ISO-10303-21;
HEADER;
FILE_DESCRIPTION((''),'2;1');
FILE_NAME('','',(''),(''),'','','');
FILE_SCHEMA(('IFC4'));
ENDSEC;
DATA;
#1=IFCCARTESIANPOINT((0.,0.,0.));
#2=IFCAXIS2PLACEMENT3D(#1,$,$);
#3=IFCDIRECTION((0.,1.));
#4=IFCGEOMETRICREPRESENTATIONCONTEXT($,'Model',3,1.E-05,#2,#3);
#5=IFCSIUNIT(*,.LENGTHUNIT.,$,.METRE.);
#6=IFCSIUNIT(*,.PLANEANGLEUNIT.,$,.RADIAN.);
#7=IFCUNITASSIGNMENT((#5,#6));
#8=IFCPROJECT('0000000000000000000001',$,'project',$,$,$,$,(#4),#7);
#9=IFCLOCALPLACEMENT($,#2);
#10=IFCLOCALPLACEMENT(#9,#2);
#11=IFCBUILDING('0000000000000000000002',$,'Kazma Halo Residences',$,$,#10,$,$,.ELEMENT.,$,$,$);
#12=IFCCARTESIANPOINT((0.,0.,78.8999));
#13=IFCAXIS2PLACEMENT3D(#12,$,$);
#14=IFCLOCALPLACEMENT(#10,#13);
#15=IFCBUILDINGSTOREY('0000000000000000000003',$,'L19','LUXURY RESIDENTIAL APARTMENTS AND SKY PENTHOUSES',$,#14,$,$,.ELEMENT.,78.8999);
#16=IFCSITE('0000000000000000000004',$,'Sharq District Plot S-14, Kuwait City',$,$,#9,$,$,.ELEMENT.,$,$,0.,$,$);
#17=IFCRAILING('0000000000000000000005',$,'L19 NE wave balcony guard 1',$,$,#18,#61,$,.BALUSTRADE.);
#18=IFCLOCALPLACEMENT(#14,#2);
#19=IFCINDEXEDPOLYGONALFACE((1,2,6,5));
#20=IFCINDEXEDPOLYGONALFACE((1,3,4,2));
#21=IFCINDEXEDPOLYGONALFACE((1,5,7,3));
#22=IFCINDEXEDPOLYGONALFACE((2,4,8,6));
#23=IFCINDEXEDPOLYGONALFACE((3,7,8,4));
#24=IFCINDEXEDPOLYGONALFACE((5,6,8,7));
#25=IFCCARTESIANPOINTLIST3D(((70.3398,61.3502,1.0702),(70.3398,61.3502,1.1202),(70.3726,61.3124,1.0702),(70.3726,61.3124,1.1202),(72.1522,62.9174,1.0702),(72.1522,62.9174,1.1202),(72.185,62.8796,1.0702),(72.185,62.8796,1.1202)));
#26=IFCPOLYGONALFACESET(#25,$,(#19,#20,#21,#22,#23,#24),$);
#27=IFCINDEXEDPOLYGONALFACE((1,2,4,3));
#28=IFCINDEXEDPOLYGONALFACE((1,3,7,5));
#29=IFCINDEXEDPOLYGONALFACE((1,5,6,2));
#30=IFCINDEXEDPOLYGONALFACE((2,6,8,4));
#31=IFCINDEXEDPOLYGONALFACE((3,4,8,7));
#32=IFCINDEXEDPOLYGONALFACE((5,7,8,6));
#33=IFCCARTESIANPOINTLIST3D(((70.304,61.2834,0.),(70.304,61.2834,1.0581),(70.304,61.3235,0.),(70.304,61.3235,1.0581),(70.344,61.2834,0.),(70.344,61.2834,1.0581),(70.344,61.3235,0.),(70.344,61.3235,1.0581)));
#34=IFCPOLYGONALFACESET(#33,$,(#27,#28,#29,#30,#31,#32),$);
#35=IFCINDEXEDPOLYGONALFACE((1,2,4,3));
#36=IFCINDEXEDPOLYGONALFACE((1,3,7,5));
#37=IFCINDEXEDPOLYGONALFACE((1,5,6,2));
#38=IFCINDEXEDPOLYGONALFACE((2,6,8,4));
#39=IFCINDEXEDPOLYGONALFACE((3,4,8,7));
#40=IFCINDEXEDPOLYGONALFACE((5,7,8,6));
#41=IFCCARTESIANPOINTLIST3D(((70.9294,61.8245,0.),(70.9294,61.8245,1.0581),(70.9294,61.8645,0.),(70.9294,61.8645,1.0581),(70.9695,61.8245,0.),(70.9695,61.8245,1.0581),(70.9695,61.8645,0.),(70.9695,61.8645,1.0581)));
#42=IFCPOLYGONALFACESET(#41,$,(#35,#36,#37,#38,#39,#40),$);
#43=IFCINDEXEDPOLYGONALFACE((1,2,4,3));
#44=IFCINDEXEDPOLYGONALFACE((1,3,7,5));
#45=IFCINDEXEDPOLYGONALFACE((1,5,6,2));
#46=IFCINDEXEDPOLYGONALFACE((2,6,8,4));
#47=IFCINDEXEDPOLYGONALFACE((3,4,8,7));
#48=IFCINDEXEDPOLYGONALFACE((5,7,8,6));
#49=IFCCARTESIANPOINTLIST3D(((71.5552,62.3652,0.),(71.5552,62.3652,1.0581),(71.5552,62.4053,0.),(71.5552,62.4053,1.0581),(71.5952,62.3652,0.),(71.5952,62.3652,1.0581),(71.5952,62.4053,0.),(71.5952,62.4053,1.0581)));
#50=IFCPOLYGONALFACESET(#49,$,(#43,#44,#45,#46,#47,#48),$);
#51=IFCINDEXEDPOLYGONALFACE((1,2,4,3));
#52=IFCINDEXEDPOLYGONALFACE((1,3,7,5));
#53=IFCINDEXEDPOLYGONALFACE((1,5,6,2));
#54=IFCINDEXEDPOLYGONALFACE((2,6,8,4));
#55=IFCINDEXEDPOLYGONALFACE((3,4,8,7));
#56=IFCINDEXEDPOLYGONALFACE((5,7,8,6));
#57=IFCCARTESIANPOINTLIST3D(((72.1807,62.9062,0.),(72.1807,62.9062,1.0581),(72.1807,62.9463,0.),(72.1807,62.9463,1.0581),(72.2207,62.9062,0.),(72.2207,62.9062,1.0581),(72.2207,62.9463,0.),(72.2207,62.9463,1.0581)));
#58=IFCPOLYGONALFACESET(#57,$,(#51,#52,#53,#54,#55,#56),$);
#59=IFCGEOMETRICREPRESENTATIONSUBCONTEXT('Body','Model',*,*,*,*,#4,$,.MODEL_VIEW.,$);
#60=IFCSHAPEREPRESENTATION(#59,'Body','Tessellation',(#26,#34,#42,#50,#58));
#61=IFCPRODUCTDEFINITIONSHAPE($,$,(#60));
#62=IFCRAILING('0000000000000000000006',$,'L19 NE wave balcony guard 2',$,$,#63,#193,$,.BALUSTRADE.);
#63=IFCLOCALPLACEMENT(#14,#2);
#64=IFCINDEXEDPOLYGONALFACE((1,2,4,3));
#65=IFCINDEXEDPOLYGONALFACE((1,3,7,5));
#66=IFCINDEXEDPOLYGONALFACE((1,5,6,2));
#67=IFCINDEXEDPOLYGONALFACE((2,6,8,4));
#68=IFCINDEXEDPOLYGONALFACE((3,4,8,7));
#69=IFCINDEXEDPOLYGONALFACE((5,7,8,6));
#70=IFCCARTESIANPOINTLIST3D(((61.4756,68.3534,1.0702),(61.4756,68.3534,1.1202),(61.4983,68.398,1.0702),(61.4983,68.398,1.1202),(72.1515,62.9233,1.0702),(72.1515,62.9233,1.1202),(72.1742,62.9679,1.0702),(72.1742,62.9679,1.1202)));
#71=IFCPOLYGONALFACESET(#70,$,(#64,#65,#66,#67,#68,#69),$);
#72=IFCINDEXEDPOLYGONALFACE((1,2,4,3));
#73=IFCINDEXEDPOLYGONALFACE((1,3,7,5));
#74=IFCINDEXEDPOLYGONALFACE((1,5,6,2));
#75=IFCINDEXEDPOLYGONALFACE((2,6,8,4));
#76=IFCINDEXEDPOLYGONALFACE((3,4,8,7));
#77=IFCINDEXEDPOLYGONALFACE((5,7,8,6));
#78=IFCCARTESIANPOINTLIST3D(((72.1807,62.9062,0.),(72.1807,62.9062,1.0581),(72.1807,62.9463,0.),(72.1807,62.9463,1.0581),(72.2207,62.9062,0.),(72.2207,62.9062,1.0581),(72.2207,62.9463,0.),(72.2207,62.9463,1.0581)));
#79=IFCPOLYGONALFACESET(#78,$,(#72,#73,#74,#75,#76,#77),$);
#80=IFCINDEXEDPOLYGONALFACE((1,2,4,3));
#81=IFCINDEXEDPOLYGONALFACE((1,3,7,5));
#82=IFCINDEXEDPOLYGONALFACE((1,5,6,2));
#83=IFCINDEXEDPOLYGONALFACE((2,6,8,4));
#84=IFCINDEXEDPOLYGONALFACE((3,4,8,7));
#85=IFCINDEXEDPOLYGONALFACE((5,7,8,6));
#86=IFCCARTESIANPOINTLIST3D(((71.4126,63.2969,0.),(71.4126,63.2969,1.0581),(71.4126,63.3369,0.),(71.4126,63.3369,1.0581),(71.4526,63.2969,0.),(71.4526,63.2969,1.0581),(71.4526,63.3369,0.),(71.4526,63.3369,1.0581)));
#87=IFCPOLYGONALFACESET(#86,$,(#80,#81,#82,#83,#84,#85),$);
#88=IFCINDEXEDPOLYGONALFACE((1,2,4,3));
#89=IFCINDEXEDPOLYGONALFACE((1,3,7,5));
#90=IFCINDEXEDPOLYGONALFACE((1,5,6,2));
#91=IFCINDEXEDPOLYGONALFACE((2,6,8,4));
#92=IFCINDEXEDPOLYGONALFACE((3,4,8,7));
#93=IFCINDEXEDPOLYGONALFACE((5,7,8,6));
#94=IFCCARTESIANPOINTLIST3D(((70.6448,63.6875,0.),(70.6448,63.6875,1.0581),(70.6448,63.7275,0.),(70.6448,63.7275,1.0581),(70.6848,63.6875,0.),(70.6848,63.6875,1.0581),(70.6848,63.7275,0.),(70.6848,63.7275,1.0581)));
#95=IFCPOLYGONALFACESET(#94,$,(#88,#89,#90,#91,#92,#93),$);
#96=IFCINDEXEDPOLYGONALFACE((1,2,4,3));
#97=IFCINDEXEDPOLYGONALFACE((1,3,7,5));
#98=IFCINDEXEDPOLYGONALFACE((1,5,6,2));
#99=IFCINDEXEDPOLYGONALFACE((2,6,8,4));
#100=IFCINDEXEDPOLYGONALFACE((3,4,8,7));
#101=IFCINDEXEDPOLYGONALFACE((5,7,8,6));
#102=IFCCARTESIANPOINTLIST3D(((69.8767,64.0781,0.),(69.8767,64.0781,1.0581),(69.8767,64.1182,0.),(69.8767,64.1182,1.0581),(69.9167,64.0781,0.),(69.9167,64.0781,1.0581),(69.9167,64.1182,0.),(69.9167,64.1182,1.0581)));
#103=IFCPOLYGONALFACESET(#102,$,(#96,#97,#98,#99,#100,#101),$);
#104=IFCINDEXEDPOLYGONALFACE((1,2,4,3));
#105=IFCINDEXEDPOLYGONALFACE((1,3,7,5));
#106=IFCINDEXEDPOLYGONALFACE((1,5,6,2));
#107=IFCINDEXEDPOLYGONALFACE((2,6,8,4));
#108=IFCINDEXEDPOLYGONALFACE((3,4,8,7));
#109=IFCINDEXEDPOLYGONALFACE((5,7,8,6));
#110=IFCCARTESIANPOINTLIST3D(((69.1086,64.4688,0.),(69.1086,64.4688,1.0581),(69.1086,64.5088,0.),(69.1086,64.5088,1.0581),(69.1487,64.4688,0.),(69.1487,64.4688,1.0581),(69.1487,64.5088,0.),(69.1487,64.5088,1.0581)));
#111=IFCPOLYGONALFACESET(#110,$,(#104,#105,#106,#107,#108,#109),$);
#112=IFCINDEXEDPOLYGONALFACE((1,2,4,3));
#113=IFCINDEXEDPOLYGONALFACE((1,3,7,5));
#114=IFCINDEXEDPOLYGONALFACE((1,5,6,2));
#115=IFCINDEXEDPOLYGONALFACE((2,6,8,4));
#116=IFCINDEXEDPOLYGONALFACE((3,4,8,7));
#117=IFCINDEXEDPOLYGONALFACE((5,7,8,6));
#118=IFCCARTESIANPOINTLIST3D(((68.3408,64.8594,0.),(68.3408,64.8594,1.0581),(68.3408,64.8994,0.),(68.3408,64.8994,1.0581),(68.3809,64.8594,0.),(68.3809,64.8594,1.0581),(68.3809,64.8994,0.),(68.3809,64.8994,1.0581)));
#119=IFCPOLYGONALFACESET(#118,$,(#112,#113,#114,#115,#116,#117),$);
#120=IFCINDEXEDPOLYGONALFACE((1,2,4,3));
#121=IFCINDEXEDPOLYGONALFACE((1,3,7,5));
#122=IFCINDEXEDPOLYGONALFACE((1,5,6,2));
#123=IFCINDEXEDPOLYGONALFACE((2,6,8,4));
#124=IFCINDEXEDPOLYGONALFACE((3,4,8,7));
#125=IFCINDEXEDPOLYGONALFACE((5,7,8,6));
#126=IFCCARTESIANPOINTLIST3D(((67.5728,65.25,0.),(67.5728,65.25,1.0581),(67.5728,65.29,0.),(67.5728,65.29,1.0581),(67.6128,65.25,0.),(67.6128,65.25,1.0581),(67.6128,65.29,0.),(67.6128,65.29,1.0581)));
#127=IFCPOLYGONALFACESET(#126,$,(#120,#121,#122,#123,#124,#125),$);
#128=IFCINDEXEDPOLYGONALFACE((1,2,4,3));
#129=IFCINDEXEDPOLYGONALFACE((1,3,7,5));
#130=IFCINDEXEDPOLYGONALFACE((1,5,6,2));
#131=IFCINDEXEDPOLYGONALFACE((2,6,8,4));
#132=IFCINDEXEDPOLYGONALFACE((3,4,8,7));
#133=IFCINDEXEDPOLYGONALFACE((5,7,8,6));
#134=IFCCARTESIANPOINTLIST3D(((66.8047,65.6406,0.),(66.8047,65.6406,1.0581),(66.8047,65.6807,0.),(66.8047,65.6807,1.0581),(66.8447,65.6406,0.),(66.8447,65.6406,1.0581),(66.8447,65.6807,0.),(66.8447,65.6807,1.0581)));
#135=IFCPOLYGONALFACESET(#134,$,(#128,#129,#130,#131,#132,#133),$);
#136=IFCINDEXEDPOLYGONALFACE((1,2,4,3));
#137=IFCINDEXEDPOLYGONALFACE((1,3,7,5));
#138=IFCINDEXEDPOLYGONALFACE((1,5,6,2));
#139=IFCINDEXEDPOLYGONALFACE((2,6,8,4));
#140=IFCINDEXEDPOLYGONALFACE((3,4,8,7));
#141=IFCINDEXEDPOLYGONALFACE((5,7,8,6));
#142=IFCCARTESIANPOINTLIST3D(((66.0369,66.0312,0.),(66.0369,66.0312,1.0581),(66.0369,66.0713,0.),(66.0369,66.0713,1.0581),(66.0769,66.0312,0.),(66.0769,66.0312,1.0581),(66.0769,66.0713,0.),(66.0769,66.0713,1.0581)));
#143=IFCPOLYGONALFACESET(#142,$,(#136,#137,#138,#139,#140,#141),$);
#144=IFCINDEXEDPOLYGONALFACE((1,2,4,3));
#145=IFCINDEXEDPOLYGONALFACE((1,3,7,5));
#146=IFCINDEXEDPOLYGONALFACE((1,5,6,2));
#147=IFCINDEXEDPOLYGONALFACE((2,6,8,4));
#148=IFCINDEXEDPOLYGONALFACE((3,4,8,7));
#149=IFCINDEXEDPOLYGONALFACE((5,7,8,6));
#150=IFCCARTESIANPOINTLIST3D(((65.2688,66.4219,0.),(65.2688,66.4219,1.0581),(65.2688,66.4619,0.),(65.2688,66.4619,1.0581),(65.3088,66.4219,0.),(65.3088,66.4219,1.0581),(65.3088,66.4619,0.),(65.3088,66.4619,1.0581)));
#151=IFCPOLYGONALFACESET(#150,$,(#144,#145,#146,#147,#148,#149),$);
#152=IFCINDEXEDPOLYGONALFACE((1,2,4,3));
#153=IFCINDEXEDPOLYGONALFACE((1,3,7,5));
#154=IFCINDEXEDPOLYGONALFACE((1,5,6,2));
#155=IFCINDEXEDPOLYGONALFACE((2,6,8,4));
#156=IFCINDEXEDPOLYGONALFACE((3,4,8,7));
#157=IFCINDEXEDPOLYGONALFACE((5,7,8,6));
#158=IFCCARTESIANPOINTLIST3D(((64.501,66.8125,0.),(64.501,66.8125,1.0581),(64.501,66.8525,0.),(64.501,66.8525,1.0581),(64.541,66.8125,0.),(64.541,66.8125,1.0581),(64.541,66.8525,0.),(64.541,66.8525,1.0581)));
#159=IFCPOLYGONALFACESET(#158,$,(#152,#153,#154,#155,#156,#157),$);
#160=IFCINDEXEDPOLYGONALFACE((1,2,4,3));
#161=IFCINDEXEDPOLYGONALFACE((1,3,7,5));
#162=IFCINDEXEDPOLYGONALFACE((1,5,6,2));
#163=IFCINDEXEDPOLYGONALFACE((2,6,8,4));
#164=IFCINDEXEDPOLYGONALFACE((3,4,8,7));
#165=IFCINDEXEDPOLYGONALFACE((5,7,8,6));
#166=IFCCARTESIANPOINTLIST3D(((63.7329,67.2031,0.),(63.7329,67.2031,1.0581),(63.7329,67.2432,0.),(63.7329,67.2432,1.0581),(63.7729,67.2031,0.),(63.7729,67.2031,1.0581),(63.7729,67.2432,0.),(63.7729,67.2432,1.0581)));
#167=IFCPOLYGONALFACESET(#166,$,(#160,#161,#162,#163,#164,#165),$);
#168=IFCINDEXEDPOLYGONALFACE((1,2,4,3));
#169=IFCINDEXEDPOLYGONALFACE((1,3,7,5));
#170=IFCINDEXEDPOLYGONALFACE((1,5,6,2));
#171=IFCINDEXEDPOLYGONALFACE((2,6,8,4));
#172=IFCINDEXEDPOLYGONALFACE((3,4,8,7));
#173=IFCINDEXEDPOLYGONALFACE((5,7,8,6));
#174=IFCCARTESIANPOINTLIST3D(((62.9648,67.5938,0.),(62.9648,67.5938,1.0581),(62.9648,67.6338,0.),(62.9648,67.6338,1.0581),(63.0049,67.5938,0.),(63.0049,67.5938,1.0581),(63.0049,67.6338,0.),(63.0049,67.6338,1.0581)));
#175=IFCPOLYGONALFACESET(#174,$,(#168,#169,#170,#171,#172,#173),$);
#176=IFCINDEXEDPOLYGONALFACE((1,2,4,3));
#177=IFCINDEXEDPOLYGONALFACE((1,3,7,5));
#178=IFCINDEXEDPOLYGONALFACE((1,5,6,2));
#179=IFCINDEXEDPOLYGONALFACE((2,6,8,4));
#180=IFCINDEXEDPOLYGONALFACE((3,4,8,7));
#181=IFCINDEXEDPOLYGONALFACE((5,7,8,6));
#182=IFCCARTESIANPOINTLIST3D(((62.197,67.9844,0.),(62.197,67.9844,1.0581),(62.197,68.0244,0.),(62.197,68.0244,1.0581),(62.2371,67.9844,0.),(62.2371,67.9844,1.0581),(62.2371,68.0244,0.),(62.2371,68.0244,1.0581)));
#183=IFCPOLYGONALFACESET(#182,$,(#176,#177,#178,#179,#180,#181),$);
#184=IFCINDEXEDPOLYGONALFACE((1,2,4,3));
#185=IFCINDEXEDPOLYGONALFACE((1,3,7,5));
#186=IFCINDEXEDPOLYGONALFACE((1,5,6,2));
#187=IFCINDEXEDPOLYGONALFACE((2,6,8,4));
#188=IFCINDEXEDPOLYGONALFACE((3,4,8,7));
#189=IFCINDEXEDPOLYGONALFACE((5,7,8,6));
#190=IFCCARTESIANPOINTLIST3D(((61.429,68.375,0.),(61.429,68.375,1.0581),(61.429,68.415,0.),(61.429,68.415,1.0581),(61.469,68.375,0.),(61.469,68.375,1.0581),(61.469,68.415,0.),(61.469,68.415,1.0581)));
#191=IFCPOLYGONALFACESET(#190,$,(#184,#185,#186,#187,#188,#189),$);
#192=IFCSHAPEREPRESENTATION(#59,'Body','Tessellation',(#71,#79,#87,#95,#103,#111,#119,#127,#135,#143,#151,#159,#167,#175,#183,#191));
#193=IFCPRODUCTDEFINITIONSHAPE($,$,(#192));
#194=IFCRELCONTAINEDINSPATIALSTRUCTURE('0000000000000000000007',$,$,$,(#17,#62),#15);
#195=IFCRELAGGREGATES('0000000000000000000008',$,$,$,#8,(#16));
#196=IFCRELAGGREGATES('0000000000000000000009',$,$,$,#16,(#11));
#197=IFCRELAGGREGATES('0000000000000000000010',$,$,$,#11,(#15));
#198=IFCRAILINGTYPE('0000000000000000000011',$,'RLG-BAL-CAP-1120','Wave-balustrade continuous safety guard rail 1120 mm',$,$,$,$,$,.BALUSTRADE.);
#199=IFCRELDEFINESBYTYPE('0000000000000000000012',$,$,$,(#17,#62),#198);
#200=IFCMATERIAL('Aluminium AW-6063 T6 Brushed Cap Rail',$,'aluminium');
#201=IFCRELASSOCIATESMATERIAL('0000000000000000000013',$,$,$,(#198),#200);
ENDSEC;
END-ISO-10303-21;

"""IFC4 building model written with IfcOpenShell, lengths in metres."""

from ifc_helpers import new_model, si_unit, direction, frame, origin, origin_2d, place, context, subcontext, project, spatial, rectangle, extrude, material, type_object, element, save


model = new_model("IFC4")

# Units and contexts
model_context = context("Model", 3, precision=1e-05, world=origin(), true_north=direction((0.0, 1.0)))
body_context = subcontext(model_context, "Body", "Model", "MODEL_VIEW")
ifc_project = project(units=[si_unit("LENGTHUNIT", "METRE"), si_unit("PLANEANGLEUNIT", "RADIAN")], contexts=[model_context])

# Site, building, storey
site_placement = place(None, origin())
site = spatial("IfcSite", under=ifc_project, at=site_placement, Name="Sharq District Plot S-14, Kuwait City", CompositionType="ELEMENT", RefElevation=0.0)
building_placement = place(site_placement, origin())
building = spatial("IfcBuilding", under=site, at=building_placement, Name="Kazma Halo Residences", CompositionType="ELEMENT")
storey_placement = place(building_placement, frame((0.0, 0.0, 78.8999)))
storey = spatial("IfcBuildingStorey", under=building, at=storey_placement, Name="L19", Description="LUXURY RESIDENTIAL APARTMENTS AND SKY PENTHOUSES", CompositionType="ELEMENT", Elevation=78.8999)

# Railings
ifc_material_1 = material(Name="Aluminium AW-6063 T6 Brushed Cap Rail", Category="aluminium")
railing_type = type_object("IfcRailingType", Name="RLG-BAL-CAP-1120", Description="Wave-balustrade continuous safety guard rail 1120 mm", PredefinedType="BALUSTRADE", material=ifc_material_1)
railing_1_placement = place(storey_placement, frame((70.324, 61.3035, 0.0)))
element("IfcRailing", 1, at=railing_1_placement, inside=storey, type_object=railing_type, Name="L19 NE wave balcony guard 1", PredefinedType="BALUSTRADE", context=body_context, shape_type="SweptSolid", body=[
    extrude(rectangle(XDim=0.05, YDim=0.05, at=origin_2d()), frame((0.0322, 0.0278, 1.0952), z_axis=(0.756422, 0.654083, 0.0), x_axis=(-0.654083, 0.756422, 0.0)), (0.0, 0.0, 1.0), 2.396),
    extrude(rectangle(XDim=0.04, YDim=0.04, at=origin_2d()), origin(), (0.0, 0.0, 1.0), 1.0581),
    extrude(rectangle(XDim=0.04, YDim=0.04, at=origin_2d()), frame((0.6255, 0.541, 0.0)), (0.0, 0.0, 1.0), 1.0581),
    extrude(rectangle(XDim=0.04, YDim=0.04, at=origin_2d()), frame((1.2512, 1.0818, 0.0)), (0.0, 0.0, 1.0), 1.0581),
    extrude(rectangle(XDim=0.04, YDim=0.04, at=origin_2d()), frame((1.8767, 1.6228, 0.0)), (0.0, 0.0, 1.0), 1.0581),
])
railing_2_placement = place(storey_placement, frame((72.2007, 62.9263, 0.0)))
element("IfcRailing", 2, at=railing_2_placement, inside=storey, type_object=railing_type, Name="L19 NE wave balcony guard 2", PredefinedType="BALUSTRADE", context=body_context, shape_type="SweptSolid", body=[
    extrude(rectangle(XDim=0.05, YDim=0.05, at=origin_2d()), frame((-0.0378, 0.0193, 1.0952), z_axis=(-0.891326, 0.453364, 0.0), x_axis=(-0.453364, -0.891326, 0.0)), (0.0, 0.0, 1.0), 11.9775),
    extrude(rectangle(XDim=0.04, YDim=0.04, at=origin_2d()), origin(), (0.0, 0.0, 1.0), 1.0581),
    extrude(rectangle(XDim=0.04, YDim=0.04, at=origin_2d()), frame((-0.7681, 0.3906, 0.0)), (0.0, 0.0, 1.0), 1.0581),
    extrude(rectangle(XDim=0.04, YDim=0.04, at=origin_2d()), frame((-1.5359, 0.7812, 0.0)), (0.0, 0.0, 1.0), 1.0581),
    extrude(rectangle(XDim=0.04, YDim=0.04, at=origin_2d()), frame((-2.304, 1.1719, 0.0)), (0.0, 0.0, 1.0), 1.0581),
    extrude(rectangle(XDim=0.04, YDim=0.04, at=origin_2d()), frame((-3.072, 1.5625, 0.0)), (0.0, 0.0, 1.0), 1.0581),
    extrude(rectangle(XDim=0.04, YDim=0.04, at=origin_2d()), frame((-3.8398, 1.9531, 0.0)), (0.0, 0.0, 1.0), 1.0581),
    extrude(rectangle(XDim=0.04, YDim=0.04, at=origin_2d()), frame((-4.6079, 2.3438, 0.0)), (0.0, 0.0, 1.0), 1.0581),
    extrude(rectangle(XDim=0.04, YDim=0.04, at=origin_2d()), frame((-5.376, 2.7344, 0.0)), (0.0, 0.0, 1.0), 1.0581),
    extrude(rectangle(XDim=0.04, YDim=0.04, at=origin_2d()), frame((-6.1438, 3.125, 0.0)), (0.0, 0.0, 1.0), 1.0581),
    extrude(rectangle(XDim=0.04, YDim=0.04, at=origin_2d()), frame((-6.9119, 3.5156, 0.0)), (0.0, 0.0, 1.0), 1.0581),
    extrude(rectangle(XDim=0.04, YDim=0.04, at=origin_2d()), frame((-7.6797, 3.9062, 0.0)), (0.0, 0.0, 1.0), 1.0581),
    extrude(rectangle(XDim=0.04, YDim=0.04, at=origin_2d()), frame((-8.4478, 4.2969, 0.0)), (0.0, 0.0, 1.0), 1.0581),
    extrude(rectangle(XDim=0.04, YDim=0.04, at=origin_2d()), frame((-9.2158, 4.6875, 0.0)), (0.0, 0.0, 1.0), 1.0581),
    extrude(rectangle(XDim=0.04, YDim=0.04, at=origin_2d()), frame((-9.9836, 5.0781, 0.0)), (0.0, 0.0, 1.0), 1.0581),
    extrude(rectangle(XDim=0.04, YDim=0.04, at=origin_2d()), frame((-10.7517, 5.4688, 0.0)), (0.0, 0.0, 1.0), 1.0581),
])

save(model, "model.ifc")
